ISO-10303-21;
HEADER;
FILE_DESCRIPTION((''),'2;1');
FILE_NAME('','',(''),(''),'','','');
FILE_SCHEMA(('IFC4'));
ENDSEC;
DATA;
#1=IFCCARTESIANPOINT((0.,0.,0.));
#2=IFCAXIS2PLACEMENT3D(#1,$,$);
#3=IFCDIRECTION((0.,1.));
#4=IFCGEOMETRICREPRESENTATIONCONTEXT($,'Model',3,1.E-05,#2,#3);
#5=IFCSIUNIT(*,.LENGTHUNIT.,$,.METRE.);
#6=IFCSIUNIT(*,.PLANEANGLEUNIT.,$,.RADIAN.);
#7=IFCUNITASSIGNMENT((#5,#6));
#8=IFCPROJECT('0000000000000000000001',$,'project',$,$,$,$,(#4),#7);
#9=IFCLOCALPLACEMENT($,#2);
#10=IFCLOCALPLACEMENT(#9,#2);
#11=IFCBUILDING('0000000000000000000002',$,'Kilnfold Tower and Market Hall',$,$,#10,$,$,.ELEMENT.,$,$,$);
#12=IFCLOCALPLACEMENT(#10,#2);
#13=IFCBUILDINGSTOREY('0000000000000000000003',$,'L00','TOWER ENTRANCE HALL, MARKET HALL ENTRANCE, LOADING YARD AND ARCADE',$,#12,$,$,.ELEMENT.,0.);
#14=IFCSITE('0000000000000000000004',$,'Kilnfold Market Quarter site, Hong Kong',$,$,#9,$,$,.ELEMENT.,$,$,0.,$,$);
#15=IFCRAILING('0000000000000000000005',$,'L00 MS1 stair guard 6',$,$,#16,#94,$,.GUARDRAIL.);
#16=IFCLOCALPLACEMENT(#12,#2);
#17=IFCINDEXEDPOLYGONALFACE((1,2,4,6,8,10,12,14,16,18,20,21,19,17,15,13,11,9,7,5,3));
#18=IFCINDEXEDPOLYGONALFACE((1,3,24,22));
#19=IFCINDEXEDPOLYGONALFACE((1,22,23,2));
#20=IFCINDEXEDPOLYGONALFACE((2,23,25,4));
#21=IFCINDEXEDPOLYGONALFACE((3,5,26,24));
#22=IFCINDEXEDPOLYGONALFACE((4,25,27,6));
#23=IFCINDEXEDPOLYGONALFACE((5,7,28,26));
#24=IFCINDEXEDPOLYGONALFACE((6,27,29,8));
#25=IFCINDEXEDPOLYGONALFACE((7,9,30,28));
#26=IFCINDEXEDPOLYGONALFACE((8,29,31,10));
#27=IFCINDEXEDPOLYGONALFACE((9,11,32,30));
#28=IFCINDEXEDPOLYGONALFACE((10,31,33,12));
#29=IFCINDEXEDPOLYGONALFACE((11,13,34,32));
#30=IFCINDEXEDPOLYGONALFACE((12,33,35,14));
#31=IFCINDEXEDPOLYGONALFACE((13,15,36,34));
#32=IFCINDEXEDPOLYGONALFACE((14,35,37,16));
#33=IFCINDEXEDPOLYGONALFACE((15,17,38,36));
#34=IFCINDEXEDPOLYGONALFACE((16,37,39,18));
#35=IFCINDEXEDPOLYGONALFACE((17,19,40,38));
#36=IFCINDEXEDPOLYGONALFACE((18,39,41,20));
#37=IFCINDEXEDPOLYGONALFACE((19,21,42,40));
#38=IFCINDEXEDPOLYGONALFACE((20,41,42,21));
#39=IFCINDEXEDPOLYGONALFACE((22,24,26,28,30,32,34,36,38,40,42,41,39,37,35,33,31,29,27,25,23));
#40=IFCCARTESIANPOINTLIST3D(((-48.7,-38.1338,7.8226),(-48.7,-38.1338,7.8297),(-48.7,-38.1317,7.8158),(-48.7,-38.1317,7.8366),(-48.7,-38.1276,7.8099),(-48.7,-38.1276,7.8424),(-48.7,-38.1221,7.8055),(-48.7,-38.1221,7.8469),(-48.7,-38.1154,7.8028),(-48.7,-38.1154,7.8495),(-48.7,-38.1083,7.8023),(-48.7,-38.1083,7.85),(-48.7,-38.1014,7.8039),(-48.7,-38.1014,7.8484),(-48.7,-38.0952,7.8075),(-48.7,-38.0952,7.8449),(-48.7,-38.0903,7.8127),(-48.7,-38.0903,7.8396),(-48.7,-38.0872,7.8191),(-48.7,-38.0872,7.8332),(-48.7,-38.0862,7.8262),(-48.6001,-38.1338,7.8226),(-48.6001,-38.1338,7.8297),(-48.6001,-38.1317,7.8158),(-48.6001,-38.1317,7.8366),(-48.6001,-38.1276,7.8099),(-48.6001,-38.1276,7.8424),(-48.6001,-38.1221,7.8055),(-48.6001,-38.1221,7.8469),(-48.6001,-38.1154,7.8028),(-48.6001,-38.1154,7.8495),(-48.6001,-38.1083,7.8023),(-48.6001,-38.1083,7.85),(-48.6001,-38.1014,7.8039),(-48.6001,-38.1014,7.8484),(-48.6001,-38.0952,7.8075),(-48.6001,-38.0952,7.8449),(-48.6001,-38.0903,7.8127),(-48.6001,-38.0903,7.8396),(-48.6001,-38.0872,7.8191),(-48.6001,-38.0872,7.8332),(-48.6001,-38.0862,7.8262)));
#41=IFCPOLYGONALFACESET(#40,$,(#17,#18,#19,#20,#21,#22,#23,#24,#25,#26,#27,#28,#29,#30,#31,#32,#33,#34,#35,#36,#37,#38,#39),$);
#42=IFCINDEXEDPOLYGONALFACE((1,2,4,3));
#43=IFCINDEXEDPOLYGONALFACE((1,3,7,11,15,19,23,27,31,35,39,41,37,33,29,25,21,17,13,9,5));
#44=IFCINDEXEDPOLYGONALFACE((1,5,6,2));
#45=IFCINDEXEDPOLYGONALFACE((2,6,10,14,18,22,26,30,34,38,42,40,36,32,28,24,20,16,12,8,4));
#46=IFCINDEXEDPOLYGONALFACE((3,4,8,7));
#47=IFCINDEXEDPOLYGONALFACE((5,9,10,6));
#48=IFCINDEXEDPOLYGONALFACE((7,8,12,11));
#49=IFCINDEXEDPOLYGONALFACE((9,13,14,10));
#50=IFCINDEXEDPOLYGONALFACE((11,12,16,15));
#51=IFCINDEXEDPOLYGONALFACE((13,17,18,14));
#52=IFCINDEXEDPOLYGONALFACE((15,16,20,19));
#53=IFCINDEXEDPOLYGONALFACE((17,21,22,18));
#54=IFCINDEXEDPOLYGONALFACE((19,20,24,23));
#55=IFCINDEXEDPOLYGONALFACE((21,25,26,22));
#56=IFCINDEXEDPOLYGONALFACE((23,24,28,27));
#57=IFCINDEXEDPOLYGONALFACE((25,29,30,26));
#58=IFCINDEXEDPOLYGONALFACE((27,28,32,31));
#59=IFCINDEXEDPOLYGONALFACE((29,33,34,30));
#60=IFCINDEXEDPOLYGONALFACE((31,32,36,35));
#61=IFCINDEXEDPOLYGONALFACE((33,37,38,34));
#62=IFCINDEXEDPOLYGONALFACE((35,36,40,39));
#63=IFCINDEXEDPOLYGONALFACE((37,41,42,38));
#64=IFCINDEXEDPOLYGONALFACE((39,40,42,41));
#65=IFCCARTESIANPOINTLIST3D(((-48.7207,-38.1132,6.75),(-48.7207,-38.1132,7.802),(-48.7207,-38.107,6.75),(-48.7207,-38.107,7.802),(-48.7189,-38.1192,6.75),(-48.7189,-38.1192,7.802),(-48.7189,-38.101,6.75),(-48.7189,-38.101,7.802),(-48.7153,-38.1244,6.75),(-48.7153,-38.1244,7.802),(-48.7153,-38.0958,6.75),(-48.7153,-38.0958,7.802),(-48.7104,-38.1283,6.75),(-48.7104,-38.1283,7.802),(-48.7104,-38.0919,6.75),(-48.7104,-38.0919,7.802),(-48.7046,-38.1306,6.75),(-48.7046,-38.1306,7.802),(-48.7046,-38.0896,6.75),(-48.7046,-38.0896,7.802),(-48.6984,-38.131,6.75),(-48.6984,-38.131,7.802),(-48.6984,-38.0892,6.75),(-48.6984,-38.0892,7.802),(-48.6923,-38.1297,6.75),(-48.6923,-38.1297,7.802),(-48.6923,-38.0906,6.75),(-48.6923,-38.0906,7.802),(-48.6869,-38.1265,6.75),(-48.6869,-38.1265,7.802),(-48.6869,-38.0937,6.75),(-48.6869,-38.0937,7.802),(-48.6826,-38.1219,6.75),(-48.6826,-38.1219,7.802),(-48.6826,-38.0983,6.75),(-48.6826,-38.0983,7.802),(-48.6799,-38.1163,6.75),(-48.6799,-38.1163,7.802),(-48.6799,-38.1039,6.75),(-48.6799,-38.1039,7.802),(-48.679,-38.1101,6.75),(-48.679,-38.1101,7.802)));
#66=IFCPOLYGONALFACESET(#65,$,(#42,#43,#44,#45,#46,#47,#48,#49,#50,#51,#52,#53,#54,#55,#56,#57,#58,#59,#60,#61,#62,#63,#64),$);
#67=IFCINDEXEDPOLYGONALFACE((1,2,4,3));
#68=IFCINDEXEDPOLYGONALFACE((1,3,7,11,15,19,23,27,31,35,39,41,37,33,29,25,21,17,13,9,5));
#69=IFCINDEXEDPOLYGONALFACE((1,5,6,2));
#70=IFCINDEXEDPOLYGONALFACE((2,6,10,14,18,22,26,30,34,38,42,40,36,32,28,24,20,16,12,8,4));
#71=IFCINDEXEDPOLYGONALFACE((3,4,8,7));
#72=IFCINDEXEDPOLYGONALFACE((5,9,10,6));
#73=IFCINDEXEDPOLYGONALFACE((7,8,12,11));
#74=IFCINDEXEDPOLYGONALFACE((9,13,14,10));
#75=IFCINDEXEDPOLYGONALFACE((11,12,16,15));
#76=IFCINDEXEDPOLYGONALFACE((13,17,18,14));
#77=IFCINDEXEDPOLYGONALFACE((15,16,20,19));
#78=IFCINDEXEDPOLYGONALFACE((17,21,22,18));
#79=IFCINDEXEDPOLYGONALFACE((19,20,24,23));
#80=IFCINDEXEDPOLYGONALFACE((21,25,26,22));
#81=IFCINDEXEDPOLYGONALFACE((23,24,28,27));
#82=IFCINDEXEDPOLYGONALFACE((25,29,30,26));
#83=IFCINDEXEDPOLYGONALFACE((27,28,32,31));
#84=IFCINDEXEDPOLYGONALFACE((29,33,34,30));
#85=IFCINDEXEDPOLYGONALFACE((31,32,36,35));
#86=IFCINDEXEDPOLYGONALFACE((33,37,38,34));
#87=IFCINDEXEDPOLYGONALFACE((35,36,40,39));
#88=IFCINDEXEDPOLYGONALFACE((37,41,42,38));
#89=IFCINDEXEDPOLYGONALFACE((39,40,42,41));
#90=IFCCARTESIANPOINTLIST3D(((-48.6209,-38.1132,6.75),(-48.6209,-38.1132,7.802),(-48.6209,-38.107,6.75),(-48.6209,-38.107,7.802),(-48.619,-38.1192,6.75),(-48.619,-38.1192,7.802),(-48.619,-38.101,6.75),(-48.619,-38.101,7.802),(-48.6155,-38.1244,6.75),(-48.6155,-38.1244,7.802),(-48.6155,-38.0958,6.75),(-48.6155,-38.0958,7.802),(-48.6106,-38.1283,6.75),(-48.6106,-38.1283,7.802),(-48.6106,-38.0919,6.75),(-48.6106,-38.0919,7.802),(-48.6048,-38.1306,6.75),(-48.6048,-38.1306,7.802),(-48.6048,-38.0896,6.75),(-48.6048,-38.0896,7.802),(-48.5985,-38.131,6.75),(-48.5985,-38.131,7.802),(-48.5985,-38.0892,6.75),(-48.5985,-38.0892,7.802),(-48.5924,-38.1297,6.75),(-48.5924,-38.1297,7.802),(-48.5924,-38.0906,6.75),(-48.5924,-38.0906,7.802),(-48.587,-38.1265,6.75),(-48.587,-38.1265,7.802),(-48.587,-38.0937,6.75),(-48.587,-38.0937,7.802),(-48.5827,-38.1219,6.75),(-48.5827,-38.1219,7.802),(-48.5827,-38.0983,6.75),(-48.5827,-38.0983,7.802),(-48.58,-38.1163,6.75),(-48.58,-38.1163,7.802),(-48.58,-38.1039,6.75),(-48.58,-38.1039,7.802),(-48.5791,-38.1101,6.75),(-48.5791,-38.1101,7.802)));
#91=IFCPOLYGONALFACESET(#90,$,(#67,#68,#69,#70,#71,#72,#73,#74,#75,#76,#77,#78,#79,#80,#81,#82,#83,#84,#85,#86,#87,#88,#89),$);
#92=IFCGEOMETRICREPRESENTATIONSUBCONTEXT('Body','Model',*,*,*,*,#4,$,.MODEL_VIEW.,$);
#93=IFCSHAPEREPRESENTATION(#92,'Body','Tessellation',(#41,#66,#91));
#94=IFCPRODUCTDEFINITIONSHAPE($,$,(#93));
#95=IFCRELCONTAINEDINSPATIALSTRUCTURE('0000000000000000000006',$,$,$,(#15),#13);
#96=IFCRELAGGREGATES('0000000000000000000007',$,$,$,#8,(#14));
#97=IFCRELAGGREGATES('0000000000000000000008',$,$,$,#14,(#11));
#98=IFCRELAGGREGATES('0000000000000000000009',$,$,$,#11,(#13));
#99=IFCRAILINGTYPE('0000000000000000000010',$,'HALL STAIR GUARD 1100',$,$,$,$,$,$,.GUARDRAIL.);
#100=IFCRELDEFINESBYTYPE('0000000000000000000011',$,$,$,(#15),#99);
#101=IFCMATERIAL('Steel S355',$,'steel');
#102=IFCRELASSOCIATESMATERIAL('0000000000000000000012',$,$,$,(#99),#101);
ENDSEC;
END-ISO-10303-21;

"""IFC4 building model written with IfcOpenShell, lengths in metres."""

from ifc_helpers import new_model, si_unit, direction, frame, origin, origin_2d, place, context, subcontext, project, spatial, circle, extrude, material, type_object, element, save


model = new_model("IFC4")

# Units and contexts
model_context = context("Model", 3, precision=1e-05, world=origin(), true_north=direction((0.0, 1.0)))
body_context = subcontext(model_context, "Body", "Model", "MODEL_VIEW")
ifc_project = project(units=[si_unit("LENGTHUNIT", "METRE"), si_unit("PLANEANGLEUNIT", "RADIAN")], contexts=[model_context])

# Site, building, storey
site_placement = place(None, origin())
site = spatial("IfcSite", under=ifc_project, at=site_placement, Name="Kilnfold Market Quarter site, Hong Kong", CompositionType="ELEMENT", RefElevation=0.0)
building_placement = place(site_placement, origin())
building = spatial("IfcBuilding", under=site, at=building_placement, Name="Kilnfold Tower and Market Hall", CompositionType="ELEMENT")
storey_placement = place(building_placement, origin())
storey = spatial("IfcBuildingStorey", under=building, at=storey_placement, Name="L00", Description="TOWER ENTRANCE HALL, MARKET HALL ENTRANCE, LOADING YARD AND ARCADE", CompositionType="ELEMENT", Elevation=0.0)

# Railing
ifc_material_1 = material(Name="Steel S355", Category="steel")
railing_type_1 = type_object("IfcRailingType", Name="HALL STAIR GUARD 1100", PredefinedType="GUARDRAIL", material=ifc_material_1)
railing_1_placement = place(storey_placement, frame((-48.7, -38.1101, 6.75)))
element("IfcRailing", 1, at=railing_1_placement, inside=storey, type_object=railing_type_1, Name="L00 MS1 stair guard 6", PredefinedType="GUARDRAIL", context=body_context, shape_type="SweptSolid", body=[
    extrude(circle(Radius=0.0239, at=origin_2d()), frame((0.0, 0.0, 1.0762), z_axis=(1.0, 0.0, 0.0), x_axis=(0.0, 1.0, 0.0)), (0.0, 0.0, 1.0), 0.0999),
    extrude(circle(Radius=0.021, at=origin_2d()), origin(), (0.0, 0.0, 1.0), 1.052),
    extrude(circle(Radius=0.021, at=origin_2d()), frame((0.0999, 0.0, 0.0)), (0.0, 0.0, 1.0), 1.052),
])

save(model, "model.ifc")
